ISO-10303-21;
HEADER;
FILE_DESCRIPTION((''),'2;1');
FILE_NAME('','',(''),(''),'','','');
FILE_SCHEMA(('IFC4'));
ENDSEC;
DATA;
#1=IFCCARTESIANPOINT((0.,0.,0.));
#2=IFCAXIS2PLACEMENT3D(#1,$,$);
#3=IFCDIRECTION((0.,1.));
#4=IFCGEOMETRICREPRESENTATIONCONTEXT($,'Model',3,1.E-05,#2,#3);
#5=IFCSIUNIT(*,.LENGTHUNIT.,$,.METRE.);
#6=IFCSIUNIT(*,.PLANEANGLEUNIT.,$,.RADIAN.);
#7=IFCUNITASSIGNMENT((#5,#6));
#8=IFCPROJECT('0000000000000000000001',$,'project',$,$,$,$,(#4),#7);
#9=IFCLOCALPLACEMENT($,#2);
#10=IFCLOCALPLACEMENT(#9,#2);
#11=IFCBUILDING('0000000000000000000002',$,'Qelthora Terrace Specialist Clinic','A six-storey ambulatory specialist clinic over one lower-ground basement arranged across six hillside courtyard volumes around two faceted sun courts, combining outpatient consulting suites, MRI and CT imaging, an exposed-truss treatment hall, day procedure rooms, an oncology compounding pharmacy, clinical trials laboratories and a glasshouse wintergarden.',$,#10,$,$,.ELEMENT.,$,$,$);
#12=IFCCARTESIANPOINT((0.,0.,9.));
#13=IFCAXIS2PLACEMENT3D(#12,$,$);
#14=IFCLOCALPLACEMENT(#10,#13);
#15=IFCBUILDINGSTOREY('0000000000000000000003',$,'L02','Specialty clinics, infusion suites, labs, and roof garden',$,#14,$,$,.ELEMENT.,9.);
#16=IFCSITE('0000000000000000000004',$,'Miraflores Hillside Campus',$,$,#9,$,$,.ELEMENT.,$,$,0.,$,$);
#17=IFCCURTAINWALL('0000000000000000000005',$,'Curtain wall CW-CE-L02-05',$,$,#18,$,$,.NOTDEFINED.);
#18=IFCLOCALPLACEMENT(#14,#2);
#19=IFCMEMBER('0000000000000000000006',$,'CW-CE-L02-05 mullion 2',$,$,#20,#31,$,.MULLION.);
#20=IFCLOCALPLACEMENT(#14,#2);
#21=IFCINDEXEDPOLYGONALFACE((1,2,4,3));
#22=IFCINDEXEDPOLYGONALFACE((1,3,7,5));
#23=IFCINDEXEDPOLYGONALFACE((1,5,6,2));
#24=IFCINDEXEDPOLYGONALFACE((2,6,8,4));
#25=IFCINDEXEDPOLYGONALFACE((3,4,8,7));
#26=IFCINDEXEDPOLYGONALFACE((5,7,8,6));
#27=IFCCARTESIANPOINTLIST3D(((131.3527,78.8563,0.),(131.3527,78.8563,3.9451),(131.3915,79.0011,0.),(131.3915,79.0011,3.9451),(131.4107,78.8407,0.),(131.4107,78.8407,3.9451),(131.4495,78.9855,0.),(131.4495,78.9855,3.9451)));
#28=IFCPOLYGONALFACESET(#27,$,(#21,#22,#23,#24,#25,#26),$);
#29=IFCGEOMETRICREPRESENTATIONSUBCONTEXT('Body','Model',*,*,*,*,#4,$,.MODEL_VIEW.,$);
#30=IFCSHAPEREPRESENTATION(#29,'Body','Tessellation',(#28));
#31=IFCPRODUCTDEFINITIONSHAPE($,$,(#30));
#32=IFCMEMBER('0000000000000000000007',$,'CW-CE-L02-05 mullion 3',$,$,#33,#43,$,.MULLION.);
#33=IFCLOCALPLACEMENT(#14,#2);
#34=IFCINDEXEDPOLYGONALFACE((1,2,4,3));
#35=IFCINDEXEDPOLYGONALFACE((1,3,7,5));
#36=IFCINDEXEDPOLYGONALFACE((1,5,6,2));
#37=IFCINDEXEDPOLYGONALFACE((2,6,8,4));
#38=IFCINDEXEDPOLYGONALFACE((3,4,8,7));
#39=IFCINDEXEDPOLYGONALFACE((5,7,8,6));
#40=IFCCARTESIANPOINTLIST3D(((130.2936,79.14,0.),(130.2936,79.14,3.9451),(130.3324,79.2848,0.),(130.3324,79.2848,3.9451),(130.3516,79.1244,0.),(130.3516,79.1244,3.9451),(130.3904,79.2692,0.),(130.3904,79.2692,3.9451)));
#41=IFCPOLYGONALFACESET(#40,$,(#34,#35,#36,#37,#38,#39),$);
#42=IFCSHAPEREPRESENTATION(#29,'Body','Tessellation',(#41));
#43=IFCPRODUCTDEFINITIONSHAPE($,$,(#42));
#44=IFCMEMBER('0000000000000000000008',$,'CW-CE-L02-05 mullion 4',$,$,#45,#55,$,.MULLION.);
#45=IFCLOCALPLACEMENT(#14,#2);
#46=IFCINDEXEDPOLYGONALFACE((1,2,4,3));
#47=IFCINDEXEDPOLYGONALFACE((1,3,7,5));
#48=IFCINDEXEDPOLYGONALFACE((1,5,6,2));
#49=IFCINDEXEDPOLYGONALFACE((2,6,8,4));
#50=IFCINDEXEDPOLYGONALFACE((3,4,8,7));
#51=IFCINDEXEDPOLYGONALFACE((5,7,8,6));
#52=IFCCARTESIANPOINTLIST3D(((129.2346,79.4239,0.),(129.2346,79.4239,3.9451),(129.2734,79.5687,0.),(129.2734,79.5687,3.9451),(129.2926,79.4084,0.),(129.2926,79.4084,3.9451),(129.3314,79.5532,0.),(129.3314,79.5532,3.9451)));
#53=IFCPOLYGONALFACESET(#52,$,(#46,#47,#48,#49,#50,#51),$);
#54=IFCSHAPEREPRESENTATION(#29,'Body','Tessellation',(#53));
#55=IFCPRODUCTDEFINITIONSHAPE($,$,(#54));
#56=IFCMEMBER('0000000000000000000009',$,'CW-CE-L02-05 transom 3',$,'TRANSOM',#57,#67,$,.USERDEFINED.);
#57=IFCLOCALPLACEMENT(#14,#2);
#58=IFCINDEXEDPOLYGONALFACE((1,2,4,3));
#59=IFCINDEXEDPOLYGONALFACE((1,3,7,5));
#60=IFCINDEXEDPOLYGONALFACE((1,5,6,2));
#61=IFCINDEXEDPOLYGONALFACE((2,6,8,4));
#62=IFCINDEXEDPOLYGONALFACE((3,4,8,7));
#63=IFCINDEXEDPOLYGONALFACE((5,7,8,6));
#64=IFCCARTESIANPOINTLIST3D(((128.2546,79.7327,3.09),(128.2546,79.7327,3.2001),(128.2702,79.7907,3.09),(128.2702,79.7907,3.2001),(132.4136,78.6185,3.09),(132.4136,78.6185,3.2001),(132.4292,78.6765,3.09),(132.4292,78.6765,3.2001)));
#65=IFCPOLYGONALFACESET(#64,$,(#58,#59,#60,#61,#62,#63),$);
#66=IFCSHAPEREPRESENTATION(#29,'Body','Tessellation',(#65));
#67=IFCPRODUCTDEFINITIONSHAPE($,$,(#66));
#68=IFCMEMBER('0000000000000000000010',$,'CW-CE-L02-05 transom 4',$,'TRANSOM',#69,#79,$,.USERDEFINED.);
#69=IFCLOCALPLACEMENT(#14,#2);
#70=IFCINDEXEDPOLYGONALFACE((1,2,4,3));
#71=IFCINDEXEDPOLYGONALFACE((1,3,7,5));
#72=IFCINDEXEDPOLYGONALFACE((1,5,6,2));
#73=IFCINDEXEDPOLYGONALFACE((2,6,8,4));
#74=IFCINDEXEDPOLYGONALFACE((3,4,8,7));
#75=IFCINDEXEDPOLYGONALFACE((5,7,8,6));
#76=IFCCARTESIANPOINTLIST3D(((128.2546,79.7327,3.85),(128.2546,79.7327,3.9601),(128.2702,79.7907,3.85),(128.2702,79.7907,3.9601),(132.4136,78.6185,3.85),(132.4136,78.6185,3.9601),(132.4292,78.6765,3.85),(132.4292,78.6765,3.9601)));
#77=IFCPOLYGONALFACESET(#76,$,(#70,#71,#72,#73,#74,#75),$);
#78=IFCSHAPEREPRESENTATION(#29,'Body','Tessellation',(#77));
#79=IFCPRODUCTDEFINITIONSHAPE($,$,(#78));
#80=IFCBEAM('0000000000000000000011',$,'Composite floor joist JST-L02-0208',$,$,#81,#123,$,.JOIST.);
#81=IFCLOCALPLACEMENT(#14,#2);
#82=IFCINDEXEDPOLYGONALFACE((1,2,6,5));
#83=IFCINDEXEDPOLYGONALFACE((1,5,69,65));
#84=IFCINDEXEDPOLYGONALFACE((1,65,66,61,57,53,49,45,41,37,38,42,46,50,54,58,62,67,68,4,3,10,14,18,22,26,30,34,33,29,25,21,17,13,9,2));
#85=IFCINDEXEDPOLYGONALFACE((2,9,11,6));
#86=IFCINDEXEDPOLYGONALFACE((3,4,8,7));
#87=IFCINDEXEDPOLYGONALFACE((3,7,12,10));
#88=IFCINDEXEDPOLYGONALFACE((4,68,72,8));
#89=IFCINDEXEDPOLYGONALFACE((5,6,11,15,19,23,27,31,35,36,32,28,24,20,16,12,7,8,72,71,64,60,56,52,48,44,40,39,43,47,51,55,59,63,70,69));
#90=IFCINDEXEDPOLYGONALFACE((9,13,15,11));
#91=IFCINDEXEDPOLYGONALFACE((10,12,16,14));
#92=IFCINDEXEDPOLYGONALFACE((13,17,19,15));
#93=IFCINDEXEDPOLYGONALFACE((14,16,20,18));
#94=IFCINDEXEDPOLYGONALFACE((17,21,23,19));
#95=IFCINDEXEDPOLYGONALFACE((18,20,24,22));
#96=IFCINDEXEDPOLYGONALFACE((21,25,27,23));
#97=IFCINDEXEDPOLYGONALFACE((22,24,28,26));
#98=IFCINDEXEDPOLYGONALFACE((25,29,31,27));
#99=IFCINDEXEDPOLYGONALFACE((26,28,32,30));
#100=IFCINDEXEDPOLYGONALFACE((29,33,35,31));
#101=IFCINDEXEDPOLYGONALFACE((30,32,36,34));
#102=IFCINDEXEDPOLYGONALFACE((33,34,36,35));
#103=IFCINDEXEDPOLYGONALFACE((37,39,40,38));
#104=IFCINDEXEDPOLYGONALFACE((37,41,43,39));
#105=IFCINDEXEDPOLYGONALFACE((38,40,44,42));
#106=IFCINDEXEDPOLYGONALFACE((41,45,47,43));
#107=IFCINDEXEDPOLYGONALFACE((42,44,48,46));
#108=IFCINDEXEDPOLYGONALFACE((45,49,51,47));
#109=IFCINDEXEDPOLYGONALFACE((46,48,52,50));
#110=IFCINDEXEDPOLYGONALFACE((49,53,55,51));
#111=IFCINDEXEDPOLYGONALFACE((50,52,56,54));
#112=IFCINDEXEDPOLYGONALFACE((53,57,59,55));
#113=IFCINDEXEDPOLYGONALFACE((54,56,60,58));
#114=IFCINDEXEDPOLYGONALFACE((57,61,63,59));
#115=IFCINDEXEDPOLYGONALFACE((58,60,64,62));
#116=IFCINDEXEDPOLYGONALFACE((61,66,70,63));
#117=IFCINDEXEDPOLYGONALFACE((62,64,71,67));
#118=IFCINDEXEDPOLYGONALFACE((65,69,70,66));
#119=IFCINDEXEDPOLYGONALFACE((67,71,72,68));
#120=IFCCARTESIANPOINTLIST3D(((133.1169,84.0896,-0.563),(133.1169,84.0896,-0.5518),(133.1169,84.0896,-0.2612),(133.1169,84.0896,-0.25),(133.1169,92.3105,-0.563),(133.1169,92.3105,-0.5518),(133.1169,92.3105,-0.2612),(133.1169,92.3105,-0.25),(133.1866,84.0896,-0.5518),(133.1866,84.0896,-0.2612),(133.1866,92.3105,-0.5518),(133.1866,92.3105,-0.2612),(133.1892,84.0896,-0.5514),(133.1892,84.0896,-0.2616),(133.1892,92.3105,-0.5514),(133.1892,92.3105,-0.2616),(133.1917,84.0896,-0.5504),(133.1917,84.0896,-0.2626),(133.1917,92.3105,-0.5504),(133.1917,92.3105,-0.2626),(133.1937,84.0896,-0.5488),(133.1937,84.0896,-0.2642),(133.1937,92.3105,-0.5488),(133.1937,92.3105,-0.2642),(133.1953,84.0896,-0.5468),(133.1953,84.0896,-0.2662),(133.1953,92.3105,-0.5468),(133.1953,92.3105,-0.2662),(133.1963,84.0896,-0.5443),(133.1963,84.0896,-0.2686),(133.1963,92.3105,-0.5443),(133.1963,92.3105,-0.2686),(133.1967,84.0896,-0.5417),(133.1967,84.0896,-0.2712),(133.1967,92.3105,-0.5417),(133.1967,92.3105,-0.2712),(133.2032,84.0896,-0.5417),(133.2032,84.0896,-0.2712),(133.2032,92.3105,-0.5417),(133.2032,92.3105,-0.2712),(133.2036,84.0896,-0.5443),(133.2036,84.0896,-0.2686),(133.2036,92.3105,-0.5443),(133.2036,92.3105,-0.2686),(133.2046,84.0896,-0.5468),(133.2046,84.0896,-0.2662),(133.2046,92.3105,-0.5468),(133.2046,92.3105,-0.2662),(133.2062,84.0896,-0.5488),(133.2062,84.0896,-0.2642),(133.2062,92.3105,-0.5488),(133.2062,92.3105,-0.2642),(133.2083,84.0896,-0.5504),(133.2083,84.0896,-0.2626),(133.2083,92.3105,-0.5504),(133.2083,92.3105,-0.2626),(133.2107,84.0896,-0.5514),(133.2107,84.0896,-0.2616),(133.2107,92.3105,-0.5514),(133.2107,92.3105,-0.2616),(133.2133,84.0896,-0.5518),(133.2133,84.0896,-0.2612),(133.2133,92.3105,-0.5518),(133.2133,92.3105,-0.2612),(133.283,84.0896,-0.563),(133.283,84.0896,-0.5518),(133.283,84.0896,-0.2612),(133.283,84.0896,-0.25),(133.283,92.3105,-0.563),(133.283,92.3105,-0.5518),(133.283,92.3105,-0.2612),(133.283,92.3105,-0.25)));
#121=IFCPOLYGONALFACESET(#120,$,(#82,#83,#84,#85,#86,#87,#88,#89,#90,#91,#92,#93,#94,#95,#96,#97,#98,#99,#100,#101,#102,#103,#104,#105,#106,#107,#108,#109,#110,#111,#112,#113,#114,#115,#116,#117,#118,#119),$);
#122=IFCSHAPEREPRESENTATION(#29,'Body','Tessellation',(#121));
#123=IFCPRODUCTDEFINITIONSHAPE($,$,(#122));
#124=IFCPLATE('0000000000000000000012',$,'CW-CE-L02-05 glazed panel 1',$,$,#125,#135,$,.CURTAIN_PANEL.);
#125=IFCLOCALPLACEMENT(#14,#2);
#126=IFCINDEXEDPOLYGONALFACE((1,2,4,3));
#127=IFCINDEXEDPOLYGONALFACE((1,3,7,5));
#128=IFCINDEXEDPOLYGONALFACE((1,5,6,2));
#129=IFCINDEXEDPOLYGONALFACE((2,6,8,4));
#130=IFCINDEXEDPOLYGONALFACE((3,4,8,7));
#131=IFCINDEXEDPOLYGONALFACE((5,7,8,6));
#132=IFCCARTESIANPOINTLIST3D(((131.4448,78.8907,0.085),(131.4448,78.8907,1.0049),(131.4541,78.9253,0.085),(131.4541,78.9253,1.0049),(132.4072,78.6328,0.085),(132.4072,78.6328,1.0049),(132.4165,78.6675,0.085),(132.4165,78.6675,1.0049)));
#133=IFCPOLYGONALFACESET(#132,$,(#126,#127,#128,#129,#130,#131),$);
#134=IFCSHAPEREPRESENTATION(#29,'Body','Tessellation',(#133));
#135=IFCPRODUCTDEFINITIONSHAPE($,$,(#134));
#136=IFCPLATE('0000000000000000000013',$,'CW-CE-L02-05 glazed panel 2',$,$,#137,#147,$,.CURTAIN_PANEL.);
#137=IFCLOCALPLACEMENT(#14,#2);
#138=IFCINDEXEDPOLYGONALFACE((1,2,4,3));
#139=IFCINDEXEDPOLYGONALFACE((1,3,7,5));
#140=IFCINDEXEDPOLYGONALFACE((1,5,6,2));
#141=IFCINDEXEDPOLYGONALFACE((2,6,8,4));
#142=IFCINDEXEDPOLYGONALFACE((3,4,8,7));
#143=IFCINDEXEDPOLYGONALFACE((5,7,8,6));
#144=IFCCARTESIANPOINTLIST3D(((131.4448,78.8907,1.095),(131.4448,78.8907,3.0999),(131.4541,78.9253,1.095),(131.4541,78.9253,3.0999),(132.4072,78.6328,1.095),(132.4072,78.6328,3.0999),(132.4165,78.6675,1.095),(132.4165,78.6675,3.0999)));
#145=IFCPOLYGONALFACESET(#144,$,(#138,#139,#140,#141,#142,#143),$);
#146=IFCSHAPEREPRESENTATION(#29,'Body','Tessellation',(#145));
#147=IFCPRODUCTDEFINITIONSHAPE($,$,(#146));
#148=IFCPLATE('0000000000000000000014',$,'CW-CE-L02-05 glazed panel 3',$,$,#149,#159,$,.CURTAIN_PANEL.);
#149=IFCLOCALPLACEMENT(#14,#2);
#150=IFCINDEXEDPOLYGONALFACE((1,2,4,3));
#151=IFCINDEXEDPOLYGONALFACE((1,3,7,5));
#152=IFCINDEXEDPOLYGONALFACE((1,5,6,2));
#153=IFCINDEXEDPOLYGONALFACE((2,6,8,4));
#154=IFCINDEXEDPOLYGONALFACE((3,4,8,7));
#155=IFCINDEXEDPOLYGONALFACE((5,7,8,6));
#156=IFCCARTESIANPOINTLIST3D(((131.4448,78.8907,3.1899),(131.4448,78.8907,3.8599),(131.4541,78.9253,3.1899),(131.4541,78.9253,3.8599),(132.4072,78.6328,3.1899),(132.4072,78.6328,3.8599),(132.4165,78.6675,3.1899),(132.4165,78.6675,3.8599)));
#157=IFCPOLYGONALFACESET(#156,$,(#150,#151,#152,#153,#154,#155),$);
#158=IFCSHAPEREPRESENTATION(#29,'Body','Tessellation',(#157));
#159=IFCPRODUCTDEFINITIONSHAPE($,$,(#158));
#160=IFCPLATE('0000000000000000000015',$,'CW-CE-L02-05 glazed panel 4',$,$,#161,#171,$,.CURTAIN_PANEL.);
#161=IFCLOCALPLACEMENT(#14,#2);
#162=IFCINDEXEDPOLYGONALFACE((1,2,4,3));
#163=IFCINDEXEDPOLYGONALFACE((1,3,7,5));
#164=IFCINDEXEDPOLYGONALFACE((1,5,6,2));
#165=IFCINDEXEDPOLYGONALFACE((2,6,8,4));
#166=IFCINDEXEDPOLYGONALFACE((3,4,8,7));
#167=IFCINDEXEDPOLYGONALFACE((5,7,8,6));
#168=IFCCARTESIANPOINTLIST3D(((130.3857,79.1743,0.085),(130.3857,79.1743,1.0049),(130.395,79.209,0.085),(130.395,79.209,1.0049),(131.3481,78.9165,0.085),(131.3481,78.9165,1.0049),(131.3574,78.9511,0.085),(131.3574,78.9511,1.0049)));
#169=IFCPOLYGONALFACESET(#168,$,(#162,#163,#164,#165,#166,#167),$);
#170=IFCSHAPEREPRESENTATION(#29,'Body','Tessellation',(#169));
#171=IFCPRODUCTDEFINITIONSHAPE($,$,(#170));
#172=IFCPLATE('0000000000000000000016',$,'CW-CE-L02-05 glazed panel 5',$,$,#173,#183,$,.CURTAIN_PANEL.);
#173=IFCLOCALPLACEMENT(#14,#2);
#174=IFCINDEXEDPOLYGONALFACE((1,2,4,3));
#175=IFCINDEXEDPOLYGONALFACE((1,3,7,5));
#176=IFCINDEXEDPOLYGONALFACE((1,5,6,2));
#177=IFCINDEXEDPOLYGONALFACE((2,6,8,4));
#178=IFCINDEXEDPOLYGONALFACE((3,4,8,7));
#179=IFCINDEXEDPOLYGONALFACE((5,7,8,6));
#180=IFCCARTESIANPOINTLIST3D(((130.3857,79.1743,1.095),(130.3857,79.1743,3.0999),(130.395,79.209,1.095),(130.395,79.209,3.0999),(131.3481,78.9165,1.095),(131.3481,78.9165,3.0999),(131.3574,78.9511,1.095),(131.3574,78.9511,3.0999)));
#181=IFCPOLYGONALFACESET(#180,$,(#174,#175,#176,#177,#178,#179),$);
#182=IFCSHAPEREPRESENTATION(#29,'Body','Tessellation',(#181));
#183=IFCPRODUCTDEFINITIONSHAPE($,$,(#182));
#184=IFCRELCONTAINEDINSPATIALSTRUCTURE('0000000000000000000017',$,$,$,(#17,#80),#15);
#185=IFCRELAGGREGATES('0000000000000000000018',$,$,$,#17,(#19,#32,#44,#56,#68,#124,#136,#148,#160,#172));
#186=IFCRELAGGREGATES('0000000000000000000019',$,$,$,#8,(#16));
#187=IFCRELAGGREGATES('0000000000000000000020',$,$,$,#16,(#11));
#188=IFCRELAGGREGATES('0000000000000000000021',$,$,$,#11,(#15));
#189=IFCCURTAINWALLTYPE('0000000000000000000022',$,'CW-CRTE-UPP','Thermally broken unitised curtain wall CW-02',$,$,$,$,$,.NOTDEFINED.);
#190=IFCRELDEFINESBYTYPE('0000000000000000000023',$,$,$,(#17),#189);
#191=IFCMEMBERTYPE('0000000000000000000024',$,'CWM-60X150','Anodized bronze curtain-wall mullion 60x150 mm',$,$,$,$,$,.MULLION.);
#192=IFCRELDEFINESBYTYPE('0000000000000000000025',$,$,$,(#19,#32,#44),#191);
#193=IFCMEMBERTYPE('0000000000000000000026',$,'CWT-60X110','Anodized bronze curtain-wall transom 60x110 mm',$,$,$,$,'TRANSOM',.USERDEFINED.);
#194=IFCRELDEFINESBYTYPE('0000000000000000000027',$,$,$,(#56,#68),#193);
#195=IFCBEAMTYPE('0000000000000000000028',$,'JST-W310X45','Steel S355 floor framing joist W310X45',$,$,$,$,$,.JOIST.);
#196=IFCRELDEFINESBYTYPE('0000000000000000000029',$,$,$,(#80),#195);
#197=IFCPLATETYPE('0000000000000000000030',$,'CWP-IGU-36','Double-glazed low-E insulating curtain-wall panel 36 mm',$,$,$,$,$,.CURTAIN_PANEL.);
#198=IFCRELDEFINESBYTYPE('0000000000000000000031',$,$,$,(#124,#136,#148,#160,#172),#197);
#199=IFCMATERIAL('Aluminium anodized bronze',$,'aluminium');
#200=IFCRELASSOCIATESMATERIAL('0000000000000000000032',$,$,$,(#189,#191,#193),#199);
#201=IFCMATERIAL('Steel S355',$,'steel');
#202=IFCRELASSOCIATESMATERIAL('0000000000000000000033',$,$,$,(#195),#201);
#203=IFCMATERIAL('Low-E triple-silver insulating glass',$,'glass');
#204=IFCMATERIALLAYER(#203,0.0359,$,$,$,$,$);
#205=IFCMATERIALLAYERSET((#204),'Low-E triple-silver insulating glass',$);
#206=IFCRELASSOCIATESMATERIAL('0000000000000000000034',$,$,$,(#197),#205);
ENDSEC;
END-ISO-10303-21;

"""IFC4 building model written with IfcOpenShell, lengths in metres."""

from ifc_helpers import new_model, si_unit, direction, frame, origin, origin_2d, place, context, subcontext, project, spatial, rectangle, i_section, extrude, material, layer, layer_set, material_profile, profile_set, type_object, element, aggregate, save


model = new_model("IFC4")

# Units and contexts
model_context = context("Model", 3, precision=1e-05, world=origin(), true_north=direction((0.0, 1.0)))
body_context = subcontext(model_context, "Body", "Model", "MODEL_VIEW")
ifc_project = project(units=[si_unit("LENGTHUNIT", "METRE"), si_unit("PLANEANGLEUNIT", "RADIAN")], contexts=[model_context])

# Site, building, storey
site_placement = place(None, origin())
site = spatial("IfcSite", under=ifc_project, at=site_placement, Name="Miraflores Hillside Campus", CompositionType="ELEMENT", RefElevation=0.0)
building_placement = place(site_placement, origin())
building = spatial("IfcBuilding", under=site, at=building_placement, Name="Qelthora Terrace Specialist Clinic", Description="A six-storey ambulatory specialist clinic over one lower-ground basement arranged across six hillside courtyard volumes around two faceted sun courts, combining outpatient consulting suites, MRI and CT imaging, an exposed-truss treatment hall, day procedure rooms, an oncology compounding pharmacy, clinical trials laboratories and a glasshouse wintergarden.", CompositionType="ELEMENT")
storey_placement = place(building_placement, frame((0.0, 0.0, 9.0)))
storey = spatial("IfcBuildingStorey", under=building, at=storey_placement, Name="L02", Description="Specialty clinics, infusion suites, labs, and roof garden", CompositionType="ELEMENT", Elevation=9.0)

# Shared definitions
ifc_material_1 = material(Name="Steel S355", Category="steel")

# Curtain wall, members
ifc_material_2 = material(Name="Aluminium anodized bronze", Category="aluminium")
curtain_wall_type = type_object("IfcCurtainWallType", Name="CW-CRTE-UPP", Description="Thermally broken unitised curtain wall CW-02", PredefinedType="NOTDEFINED", material=ifc_material_2)
curtain_wall_placement = place(storey_placement, origin())
curtain_wall = element("IfcCurtainWall", 1, at=curtain_wall_placement, inside=storey, type_object=curtain_wall_type, Name="Curtain wall CW-CE-L02-05", PredefinedType="NOTDEFINED")
ifc_material_profile_1 = material_profile(ifc_material_2, rectangle(XDim=0.0601, YDim=0.1499, at=origin_2d()), Name="CWM60X150")
ifc_profile_set_1 = profile_set([ifc_material_profile_1], Name="Aluminium anodized bronze")
member_type_1 = type_object("IfcMemberType", Name="CWM-60X150", Description="Anodized bronze curtain-wall mullion 60x150 mm", PredefinedType="MULLION", material=ifc_profile_set_1)
member_1_placement = place(storey_placement, frame((131.4011, 78.9209, 0.0), z_axis=(0.0, 0.0, 1.0), x_axis=(-0.965926, 0.25882, 0.0)))
member_1 = element("IfcMember", 2, at=member_1_placement, type_object=member_type_1, Name="CW-CE-L02-05 mullion 2", PredefinedType="MULLION", context=body_context, shape_type="SweptSolid", body=[
    extrude(rectangle(XDim=0.0601, YDim=0.1499, at=origin_2d()), origin(), (0.0, 0.0, 1.0), 3.9451),
])
member_2_placement = place(storey_placement, frame((130.342, 79.2046, 0.0), z_axis=(0.0, 0.0, 1.0), x_axis=(-0.965926, 0.25882, 0.0)))
member_2 = element("IfcMember", 3, at=member_2_placement, type_object=member_type_1, Name="CW-CE-L02-05 mullion 3", PredefinedType="MULLION", context=body_context, shape_type="SweptSolid", body=[
    extrude(rectangle(XDim=0.0601, YDim=0.1499, at=origin_2d()), origin(), (0.0, 0.0, 1.0), 3.9451),
])
member_3_placement = place(storey_placement, frame((129.283, 79.4885, 0.0), z_axis=(0.0, 0.0, 1.0), x_axis=(-0.965926, 0.25882, 0.0)))
member_3 = element("IfcMember", 4, at=member_3_placement, type_object=member_type_1, Name="CW-CE-L02-05 mullion 4", PredefinedType="MULLION", context=body_context, shape_type="SweptSolid", body=[
    extrude(rectangle(XDim=0.0601, YDim=0.1499, at=origin_2d()), origin(), (0.0, 0.0, 1.0), 3.9451),
])
ifc_material_profile_2 = material_profile(ifc_material_2, rectangle(XDim=0.0601, YDim=0.1101, at=origin_2d()), Name="CWT60X110")
ifc_profile_set_2 = profile_set([ifc_material_profile_2], Name="Aluminium anodized bronze")
member_type_2 = type_object("IfcMemberType", Name="CWT-60X110", Description="Anodized bronze curtain-wall transom 60x110 mm", ElementType="TRANSOM", PredefinedType="USERDEFINED", material=ifc_profile_set_2)
member_4_placement = place(storey_placement, frame((132.4214, 78.6475, 3.145), z_axis=(-0.965933, 0.258792, 0.0), x_axis=(-0.258792, -0.965933, 0.0)))
member_4 = element("IfcMember", 5, at=member_4_placement, type_object=member_type_2, Name="CW-CE-L02-05 transom 3", ObjectType="TRANSOM", PredefinedType="USERDEFINED", context=body_context, shape_type="SweptSolid", body=[
    extrude(rectangle(XDim=0.0601, YDim=0.1101, at=origin_2d()), origin(), (0.0, 0.0, 1.0), 4.3057),
])
member_5_placement = place(storey_placement, frame((132.4214, 78.6475, 3.905), z_axis=(-0.965933, 0.258792, 0.0), x_axis=(-0.258792, -0.965933, 0.0)))
member_5 = element("IfcMember", 6, at=member_5_placement, type_object=member_type_2, Name="CW-CE-L02-05 transom 4", ObjectType="TRANSOM", PredefinedType="USERDEFINED", context=body_context, shape_type="SweptSolid", body=[
    extrude(rectangle(XDim=0.0601, YDim=0.1101, at=origin_2d()), origin(), (0.0, 0.0, 1.0), 4.3057),
])

# Beam
ifc_material_profile_3 = material_profile(ifc_material_1, i_section(OverallWidth=0.166, OverallDepth=0.313, WebThickness=0.0066, FlangeThickness=0.0112, FilletRadius=0.01, at=origin_2d()), Name="W310X45")
ifc_profile_set_3 = profile_set([ifc_material_profile_3], Name="Steel S355")
beam_type_1 = type_object("IfcBeamType", Name="JST-W310X45", Description="Steel S355 floor framing joist W310X45", PredefinedType="JOIST", material=ifc_profile_set_3)
beam_1_placement = place(storey_placement, frame((133.2, 84.0896, -0.4065), z_axis=(0.0, 1.0, 0.0), x_axis=(-1.0, 0.0, 0.0)))
element("IfcBeam", 7, at=beam_1_placement, inside=storey, type_object=beam_type_1, Name="Composite floor joist JST-L02-0208", PredefinedType="JOIST", context=body_context, shape_type="SweptSolid", body=[
    extrude(i_section(OverallWidth=0.166, OverallDepth=0.313, WebThickness=0.0066, FlangeThickness=0.0112, FilletRadius=0.01, at=origin_2d()), origin(), (0.0, 0.0, 1.0), 8.2209),
])

# Plates
ifc_material_3 = material(Name="Low-E triple-silver insulating glass", Category="glass")
ifc_layer_1 = layer(ifc_material_3, 0.0359)
ifc_layer_set_1 = layer_set([ifc_layer_1], Name="Low-E triple-silver insulating glass")
plate_type = type_object("IfcPlateType", Name="CWP-IGU-36", Description="Double-glazed low-E insulating curtain-wall panel 36 mm", PredefinedType="CURTAIN_PANEL", material=ifc_layer_set_1)
plate_1_placement = place(storey_placement, frame((131.9307, 78.7791, 0.085), z_axis=(0.0, 0.0, 1.0), x_axis=(-0.965926, 0.258819, 0.0)))
plate_1 = element("IfcPlate", 8, at=plate_1_placement, type_object=plate_type, Name="CW-CE-L02-05 glazed panel 1", PredefinedType="CURTAIN_PANEL", context=body_context, shape_type="SweptSolid", body=[
    extrude(rectangle(XDim=0.9963, YDim=0.0359, at=origin_2d()), origin(), (0.0, 0.0, 1.0), 0.9199),
])
plate_2_placement = place(storey_placement, frame((131.9307, 78.7791, 1.095), z_axis=(0.0, 0.0, 1.0), x_axis=(-0.965926, 0.258819, 0.0)))
plate_2 = element("IfcPlate", 9, at=plate_2_placement, type_object=plate_type, Name="CW-CE-L02-05 glazed panel 2", PredefinedType="CURTAIN_PANEL", context=body_context, shape_type="SweptSolid", body=[
    extrude(rectangle(XDim=0.9963, YDim=0.0359, at=origin_2d()), origin(), (0.0, 0.0, 1.0), 2.0049),
])
plate_3_placement = place(storey_placement, frame((131.9307, 78.7791, 3.1899), z_axis=(0.0, 0.0, 1.0), x_axis=(-0.965926, 0.258819, 0.0)))
plate_3 = element("IfcPlate", 10, at=plate_3_placement, type_object=plate_type, Name="CW-CE-L02-05 glazed panel 3", PredefinedType="CURTAIN_PANEL", context=body_context, shape_type="SweptSolid", body=[
    extrude(rectangle(XDim=0.9963, YDim=0.0359, at=origin_2d()), origin(), (0.0, 0.0, 1.0), 0.6699),
])
plate_4_placement = place(storey_placement, frame((130.8716, 79.0627, 0.085), z_axis=(0.0, 0.0, 1.0), x_axis=(-0.965926, 0.258819, 0.0)))
plate_4 = element("IfcPlate", 11, at=plate_4_placement, type_object=plate_type, Name="CW-CE-L02-05 glazed panel 4", PredefinedType="CURTAIN_PANEL", context=body_context, shape_type="SweptSolid", body=[
    extrude(rectangle(XDim=0.9963, YDim=0.0359, at=origin_2d()), origin(), (0.0, 0.0, 1.0), 0.9199),
])
plate_5_placement = place(storey_placement, frame((130.8716, 79.0627, 1.095), z_axis=(0.0, 0.0, 1.0), x_axis=(-0.965926, 0.258819, 0.0)))
plate_5 = element("IfcPlate", 12, at=plate_5_placement, type_object=plate_type, Name="CW-CE-L02-05 glazed panel 5", PredefinedType="CURTAIN_PANEL", context=body_context, shape_type="SweptSolid", body=[
    extrude(rectangle(XDim=0.9963, YDim=0.0359, at=origin_2d()), origin(), (0.0, 0.0, 1.0), 2.0049),
])
aggregate(curtain_wall, [member_1, member_2, member_3, member_4, member_5, plate_1, plate_2, plate_3, plate_4, plate_5])

save(model, "model.ifc")
